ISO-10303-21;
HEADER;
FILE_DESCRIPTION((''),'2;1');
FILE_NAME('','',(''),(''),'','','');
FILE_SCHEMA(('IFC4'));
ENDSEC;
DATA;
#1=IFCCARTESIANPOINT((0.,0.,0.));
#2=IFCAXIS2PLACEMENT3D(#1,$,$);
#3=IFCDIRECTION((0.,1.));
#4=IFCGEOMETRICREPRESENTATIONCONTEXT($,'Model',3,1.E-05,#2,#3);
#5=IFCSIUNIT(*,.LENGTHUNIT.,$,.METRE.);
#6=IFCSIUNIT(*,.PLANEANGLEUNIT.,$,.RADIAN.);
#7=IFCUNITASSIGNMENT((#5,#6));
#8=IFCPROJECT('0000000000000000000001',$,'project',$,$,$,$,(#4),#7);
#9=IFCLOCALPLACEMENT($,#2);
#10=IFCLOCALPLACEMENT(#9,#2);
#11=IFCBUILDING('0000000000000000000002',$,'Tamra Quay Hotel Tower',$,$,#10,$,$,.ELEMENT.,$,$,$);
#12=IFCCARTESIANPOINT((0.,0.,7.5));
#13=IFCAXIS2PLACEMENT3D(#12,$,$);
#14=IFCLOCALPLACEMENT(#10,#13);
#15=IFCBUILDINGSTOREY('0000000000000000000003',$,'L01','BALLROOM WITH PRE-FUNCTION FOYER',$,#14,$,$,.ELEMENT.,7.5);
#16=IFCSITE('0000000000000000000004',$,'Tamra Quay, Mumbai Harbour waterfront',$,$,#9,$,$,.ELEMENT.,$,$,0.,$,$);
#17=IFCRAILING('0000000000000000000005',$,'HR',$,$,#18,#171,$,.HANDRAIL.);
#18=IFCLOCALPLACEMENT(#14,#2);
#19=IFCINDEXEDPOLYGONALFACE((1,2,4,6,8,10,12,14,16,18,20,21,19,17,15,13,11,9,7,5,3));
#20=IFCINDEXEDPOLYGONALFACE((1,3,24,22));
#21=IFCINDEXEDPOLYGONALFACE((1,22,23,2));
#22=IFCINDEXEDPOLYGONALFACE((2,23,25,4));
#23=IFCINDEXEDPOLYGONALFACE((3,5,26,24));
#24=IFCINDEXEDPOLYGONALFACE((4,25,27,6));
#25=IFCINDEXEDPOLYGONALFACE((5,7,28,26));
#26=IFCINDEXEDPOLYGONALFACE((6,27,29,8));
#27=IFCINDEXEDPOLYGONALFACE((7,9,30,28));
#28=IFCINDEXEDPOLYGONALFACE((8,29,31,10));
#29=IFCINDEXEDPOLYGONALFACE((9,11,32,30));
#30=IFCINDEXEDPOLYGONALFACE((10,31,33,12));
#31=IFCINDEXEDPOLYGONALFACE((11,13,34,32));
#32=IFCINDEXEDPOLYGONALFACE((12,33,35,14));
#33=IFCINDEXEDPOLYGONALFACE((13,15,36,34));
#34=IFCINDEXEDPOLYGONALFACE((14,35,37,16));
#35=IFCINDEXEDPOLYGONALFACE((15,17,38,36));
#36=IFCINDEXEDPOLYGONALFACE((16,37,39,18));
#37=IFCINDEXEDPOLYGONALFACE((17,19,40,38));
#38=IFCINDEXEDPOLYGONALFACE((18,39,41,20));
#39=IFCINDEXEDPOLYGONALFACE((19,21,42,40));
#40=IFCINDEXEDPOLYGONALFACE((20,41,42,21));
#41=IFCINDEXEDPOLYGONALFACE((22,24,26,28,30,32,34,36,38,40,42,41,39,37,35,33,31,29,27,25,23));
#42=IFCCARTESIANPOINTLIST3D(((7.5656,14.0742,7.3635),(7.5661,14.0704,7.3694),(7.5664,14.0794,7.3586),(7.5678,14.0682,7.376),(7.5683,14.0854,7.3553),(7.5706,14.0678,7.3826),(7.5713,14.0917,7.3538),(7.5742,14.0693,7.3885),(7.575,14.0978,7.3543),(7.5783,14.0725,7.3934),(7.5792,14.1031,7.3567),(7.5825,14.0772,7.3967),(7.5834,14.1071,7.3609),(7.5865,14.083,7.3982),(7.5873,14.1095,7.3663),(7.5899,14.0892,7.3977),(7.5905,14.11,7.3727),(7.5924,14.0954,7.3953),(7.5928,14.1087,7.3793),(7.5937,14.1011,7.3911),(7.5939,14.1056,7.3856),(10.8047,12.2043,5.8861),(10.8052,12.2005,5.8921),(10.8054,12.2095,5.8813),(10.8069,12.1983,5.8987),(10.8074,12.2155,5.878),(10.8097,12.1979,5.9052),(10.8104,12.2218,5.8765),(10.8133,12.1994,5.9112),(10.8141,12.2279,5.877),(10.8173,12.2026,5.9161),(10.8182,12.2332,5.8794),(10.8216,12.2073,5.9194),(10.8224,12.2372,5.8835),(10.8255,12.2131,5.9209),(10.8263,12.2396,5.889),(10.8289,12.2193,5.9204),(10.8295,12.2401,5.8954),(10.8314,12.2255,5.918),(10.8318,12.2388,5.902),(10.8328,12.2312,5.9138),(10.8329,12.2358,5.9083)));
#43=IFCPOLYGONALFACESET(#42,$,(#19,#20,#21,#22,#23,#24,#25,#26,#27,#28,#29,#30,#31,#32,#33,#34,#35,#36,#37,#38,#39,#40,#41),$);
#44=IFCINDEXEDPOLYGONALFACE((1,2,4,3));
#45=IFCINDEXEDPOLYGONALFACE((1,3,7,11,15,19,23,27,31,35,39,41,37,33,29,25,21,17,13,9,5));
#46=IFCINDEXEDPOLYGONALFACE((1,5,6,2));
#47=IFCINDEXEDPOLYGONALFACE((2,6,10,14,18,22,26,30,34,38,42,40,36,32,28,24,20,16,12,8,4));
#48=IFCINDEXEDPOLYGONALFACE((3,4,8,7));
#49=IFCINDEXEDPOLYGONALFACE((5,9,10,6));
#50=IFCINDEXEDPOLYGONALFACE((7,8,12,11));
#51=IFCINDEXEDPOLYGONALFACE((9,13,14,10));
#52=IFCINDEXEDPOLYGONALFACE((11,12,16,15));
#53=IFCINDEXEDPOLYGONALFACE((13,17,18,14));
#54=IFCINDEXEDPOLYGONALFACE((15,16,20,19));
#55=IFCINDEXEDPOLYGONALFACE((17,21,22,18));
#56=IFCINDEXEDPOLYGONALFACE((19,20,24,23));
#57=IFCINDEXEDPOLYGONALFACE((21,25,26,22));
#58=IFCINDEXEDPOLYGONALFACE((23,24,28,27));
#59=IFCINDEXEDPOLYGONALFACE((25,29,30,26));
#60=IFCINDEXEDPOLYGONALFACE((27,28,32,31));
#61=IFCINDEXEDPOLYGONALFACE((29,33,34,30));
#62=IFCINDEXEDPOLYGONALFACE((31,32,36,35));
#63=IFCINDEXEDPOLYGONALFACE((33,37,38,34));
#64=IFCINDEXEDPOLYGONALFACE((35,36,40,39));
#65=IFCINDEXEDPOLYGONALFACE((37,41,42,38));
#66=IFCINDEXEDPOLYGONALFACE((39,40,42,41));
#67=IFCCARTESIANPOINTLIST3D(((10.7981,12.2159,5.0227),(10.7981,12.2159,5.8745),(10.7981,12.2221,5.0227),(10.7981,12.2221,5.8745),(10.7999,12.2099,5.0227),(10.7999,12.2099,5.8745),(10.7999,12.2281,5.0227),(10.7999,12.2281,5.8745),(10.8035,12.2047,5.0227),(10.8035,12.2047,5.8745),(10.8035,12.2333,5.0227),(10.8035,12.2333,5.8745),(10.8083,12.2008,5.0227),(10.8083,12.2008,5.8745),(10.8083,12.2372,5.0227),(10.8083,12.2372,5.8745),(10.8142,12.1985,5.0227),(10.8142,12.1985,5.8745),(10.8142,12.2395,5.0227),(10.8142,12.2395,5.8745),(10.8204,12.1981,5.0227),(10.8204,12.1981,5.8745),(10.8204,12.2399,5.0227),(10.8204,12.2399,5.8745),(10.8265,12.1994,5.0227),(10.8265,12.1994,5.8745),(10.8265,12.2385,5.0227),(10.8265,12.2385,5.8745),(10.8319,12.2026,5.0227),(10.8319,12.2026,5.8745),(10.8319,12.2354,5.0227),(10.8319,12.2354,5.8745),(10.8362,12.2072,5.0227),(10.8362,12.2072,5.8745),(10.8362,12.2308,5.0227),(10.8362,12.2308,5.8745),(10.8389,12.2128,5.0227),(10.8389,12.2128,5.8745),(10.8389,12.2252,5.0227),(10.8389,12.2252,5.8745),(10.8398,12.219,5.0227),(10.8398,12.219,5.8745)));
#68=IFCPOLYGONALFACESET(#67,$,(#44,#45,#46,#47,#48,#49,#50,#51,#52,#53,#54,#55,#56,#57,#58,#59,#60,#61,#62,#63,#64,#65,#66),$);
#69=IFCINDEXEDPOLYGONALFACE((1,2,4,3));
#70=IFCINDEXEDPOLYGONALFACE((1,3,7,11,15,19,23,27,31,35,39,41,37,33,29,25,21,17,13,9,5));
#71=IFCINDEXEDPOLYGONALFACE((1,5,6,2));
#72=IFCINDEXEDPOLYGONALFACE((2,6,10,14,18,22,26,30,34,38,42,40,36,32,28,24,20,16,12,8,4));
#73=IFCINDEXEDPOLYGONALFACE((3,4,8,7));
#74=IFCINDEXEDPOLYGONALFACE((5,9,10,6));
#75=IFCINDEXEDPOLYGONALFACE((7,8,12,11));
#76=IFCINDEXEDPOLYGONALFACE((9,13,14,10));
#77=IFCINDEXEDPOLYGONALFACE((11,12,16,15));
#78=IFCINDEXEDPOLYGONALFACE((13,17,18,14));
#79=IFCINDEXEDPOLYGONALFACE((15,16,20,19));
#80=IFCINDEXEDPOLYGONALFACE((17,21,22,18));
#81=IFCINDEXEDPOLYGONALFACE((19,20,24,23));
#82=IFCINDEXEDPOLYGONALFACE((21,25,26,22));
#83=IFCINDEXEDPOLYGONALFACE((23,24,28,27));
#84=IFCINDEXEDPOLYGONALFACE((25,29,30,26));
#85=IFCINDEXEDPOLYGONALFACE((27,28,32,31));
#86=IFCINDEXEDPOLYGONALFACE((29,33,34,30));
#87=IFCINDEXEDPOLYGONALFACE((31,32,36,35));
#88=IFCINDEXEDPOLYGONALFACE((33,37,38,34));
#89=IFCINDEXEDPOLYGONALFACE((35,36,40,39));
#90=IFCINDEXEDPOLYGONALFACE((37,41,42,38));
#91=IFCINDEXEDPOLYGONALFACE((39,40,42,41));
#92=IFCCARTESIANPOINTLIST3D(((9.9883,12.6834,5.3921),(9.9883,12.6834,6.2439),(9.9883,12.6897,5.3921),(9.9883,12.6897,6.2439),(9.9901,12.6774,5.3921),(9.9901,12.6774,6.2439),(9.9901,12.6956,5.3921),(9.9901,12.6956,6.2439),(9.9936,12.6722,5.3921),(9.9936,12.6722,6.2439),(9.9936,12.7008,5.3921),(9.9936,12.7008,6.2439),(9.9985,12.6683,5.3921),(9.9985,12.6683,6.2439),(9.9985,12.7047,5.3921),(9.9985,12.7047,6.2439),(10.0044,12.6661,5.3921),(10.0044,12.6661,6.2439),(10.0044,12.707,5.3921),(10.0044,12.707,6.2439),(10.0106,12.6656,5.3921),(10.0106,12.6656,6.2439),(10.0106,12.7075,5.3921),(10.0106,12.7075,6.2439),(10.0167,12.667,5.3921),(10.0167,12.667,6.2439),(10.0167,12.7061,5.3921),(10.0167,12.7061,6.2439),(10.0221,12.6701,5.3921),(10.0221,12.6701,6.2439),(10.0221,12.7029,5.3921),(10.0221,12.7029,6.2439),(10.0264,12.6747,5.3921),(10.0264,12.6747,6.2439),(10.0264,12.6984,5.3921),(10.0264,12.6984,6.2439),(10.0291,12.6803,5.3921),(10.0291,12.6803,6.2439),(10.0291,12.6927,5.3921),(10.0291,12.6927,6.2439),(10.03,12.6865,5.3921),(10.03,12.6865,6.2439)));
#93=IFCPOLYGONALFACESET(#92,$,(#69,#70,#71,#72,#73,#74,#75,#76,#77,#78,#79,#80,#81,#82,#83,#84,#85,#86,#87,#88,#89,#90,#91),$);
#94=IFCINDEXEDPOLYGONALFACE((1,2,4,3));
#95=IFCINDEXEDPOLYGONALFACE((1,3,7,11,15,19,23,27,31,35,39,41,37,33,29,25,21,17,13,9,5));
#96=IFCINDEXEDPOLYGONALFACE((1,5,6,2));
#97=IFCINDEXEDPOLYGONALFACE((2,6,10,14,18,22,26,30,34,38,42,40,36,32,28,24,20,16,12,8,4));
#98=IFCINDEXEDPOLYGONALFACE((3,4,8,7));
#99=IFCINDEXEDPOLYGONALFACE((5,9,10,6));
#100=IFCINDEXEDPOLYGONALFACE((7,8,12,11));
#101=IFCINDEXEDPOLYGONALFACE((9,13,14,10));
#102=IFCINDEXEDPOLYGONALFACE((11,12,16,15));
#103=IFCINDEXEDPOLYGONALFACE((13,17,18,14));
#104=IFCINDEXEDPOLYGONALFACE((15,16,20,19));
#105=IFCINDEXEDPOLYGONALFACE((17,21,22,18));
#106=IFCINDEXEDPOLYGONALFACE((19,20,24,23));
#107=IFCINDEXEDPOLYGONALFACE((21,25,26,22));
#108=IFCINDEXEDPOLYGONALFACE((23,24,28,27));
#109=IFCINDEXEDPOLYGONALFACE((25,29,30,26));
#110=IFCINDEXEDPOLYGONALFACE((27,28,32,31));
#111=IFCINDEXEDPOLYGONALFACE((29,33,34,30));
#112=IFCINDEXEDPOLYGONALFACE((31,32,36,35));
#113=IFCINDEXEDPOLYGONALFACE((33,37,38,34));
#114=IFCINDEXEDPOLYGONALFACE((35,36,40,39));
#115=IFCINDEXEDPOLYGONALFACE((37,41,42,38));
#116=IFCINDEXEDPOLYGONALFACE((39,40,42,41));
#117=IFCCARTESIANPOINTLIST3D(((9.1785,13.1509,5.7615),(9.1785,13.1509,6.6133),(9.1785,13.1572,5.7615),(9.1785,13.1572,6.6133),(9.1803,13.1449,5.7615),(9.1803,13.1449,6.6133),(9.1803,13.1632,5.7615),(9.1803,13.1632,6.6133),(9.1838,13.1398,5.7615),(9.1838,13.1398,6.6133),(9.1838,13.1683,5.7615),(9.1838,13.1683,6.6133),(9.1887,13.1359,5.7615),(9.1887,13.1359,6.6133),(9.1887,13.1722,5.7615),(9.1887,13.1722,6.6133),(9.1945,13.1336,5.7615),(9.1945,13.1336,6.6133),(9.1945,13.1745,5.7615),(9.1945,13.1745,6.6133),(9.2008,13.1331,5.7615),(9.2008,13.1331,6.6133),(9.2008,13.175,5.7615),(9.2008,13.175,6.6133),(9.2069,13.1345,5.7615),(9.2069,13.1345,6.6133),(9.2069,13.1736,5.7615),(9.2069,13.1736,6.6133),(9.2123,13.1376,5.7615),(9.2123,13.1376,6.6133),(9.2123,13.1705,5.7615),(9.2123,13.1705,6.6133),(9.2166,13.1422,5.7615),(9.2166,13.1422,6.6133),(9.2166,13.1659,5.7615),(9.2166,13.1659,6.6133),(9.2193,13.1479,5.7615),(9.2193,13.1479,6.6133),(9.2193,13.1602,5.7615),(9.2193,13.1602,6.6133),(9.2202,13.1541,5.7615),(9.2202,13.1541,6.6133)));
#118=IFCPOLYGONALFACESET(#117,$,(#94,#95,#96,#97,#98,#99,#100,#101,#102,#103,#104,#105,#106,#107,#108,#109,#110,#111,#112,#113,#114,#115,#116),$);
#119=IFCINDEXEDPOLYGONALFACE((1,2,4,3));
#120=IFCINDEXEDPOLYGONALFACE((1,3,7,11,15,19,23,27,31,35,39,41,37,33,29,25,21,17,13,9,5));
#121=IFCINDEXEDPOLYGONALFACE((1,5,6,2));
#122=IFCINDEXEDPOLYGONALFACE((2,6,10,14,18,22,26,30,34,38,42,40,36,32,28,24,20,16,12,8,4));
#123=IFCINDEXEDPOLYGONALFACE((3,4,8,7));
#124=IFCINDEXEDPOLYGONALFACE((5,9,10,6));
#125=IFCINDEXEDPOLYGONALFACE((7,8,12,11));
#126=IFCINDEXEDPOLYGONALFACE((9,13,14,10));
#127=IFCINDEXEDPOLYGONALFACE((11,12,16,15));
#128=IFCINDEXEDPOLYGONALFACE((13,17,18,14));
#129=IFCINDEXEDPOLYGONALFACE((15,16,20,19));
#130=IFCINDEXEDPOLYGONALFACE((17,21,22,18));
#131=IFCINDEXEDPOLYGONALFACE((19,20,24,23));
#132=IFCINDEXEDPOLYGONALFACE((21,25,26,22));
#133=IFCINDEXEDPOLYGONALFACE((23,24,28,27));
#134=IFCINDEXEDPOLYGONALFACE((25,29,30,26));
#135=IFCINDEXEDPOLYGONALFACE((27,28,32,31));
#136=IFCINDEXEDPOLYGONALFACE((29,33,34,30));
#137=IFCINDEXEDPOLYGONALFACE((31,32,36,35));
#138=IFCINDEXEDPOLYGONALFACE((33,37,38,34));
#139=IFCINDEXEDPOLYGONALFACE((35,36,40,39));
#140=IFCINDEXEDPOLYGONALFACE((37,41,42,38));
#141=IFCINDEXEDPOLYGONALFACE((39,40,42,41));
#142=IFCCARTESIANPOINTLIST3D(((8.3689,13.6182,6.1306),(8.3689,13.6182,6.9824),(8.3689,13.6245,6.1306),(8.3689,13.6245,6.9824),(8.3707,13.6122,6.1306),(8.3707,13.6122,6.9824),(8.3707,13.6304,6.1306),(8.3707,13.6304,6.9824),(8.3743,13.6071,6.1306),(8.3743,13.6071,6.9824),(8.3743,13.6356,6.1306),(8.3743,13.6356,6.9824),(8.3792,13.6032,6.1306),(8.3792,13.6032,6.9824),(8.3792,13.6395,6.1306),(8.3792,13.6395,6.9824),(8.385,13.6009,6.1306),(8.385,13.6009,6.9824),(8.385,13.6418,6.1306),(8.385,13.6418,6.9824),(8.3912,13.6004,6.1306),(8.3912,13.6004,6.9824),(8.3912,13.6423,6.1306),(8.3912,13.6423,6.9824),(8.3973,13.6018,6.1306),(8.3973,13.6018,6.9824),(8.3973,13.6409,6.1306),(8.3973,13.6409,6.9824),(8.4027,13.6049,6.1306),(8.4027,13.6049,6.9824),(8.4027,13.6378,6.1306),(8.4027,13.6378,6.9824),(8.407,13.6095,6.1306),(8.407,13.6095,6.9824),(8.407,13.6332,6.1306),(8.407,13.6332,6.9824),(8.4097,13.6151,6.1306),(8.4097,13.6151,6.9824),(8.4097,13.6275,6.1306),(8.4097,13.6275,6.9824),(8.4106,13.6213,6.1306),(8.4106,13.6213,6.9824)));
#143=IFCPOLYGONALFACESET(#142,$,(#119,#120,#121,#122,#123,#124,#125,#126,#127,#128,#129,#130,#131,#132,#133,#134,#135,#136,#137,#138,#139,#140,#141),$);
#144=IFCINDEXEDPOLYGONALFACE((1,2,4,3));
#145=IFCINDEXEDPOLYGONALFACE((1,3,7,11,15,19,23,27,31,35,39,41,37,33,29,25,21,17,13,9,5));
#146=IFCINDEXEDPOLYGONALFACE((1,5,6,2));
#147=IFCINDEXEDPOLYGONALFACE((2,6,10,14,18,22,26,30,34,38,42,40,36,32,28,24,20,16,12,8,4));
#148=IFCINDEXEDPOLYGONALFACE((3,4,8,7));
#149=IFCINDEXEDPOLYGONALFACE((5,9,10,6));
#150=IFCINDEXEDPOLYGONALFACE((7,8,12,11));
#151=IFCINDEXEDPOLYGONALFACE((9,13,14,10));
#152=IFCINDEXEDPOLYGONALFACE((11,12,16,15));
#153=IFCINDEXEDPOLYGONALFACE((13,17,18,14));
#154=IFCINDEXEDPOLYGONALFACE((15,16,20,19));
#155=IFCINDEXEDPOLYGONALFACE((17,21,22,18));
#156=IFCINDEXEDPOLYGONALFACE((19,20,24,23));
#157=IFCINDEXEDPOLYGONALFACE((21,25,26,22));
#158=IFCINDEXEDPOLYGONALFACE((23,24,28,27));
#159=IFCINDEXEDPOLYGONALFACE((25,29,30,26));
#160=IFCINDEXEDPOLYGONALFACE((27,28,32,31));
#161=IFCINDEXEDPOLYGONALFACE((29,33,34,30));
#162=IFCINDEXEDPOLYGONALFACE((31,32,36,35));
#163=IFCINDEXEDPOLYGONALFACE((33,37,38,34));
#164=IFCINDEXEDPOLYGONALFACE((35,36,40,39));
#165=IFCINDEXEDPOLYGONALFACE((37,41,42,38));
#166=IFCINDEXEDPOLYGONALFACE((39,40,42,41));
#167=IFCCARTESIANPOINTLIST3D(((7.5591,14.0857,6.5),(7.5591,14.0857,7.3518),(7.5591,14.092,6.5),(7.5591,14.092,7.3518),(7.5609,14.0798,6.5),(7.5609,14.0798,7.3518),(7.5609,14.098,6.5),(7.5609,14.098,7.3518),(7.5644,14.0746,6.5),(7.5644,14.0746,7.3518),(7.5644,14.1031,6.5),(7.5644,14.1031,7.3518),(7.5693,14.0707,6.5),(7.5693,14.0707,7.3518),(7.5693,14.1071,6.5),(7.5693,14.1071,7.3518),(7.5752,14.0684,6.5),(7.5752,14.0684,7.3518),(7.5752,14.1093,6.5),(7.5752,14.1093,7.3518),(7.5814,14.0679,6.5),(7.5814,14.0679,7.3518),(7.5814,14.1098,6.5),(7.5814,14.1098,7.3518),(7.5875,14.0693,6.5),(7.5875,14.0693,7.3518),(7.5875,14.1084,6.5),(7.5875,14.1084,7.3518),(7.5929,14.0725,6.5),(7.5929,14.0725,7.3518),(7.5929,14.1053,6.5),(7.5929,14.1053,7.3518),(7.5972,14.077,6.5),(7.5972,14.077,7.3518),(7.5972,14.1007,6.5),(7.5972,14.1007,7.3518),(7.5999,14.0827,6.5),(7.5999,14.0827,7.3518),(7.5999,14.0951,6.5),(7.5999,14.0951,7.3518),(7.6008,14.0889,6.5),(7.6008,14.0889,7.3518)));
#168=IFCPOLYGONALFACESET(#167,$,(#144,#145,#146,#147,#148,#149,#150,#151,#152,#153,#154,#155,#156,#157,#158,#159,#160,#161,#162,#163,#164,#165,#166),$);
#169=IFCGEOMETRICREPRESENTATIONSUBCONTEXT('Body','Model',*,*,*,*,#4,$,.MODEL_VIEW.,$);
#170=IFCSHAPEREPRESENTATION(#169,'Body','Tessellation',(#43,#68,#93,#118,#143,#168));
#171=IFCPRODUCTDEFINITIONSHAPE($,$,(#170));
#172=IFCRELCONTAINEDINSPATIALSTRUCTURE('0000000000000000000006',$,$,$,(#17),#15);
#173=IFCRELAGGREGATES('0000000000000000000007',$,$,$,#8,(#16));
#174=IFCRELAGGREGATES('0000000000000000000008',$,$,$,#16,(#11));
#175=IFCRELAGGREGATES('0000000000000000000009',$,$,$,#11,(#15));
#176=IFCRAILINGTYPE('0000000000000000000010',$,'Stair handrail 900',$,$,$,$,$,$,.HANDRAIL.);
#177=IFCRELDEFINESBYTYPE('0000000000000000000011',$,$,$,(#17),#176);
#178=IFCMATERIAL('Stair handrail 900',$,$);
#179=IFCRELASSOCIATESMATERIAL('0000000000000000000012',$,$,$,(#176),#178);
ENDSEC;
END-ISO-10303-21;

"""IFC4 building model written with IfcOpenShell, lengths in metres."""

from ifc_helpers import new_model, si_unit, direction, frame, origin, origin_2d, place, context, subcontext, project, spatial, circle, extrude, material, type_object, element, save


model = new_model("IFC4")

# Units and contexts
model_context = context("Model", 3, precision=1e-05, world=origin(), true_north=direction((0.0, 1.0)))
body_context = subcontext(model_context, "Body", "Model", "MODEL_VIEW")
ifc_project = project(units=[si_unit("LENGTHUNIT", "METRE"), si_unit("PLANEANGLEUNIT", "RADIAN")], contexts=[model_context])

# Site, building, storey
site_placement = place(None, origin())
site = spatial("IfcSite", under=ifc_project, at=site_placement, Name="Tamra Quay, Mumbai Harbour waterfront", CompositionType="ELEMENT", RefElevation=0.0)
building_placement = place(site_placement, origin())
building = spatial("IfcBuilding", under=site, at=building_placement, Name="Tamra Quay Hotel Tower", CompositionType="ELEMENT")
storey_placement = place(building_placement, frame((0.0, 0.0, 7.5)))
storey = spatial("IfcBuildingStorey", under=building, at=storey_placement, Name="L01", Description="BALLROOM WITH PRE-FUNCTION FOYER", CompositionType="ELEMENT", Elevation=7.5)

# Railing
ifc_material_1 = material(Name="Stair handrail 900")
railing_type = type_object("IfcRailingType", Name="Stair handrail 900", PredefinedType="HANDRAIL", material=ifc_material_1)
for number, where, name in (
    (1, (10.8188, 12.219, 5.0227), "HR"),
):
    element("IfcRailing", number, at=place(storey_placement, frame(where)), inside=storey, type_object=railing_type, Name=name, PredefinedType="HANDRAIL", context=body_context, shape_type="SweptSolid", body=[
        extrude(circle(Radius=0.0239, at=origin_2d()), frame((0.0, 0.0, 0.876), z_axis=(-0.805485, 0.465004, 0.367377), x_axis=(-0.499965, -0.866045, 0.0)), (0.0, 0.0, 1.0), 4.0212),
        extrude(circle(Radius=0.021, at=origin_2d()), origin(), (0.0, 0.0, 1.0), 0.8518),
        extrude(circle(Radius=0.021, at=origin_2d()), frame((-0.8098, 0.4675, 0.3694)), (0.0, 0.0, 1.0), 0.8518),
        extrude(circle(Radius=0.021, at=origin_2d()), frame((-1.6196, 0.9351, 0.7388)), (0.0, 0.0, 1.0), 0.8518),
        extrude(circle(Radius=0.021, at=origin_2d()), frame((-2.4292, 1.4023, 1.1079)), (0.0, 0.0, 1.0), 0.8518),
        extrude(circle(Radius=0.021, at=origin_2d()), frame((-3.239, 1.8699, 1.4773)), (0.0, 0.0, 1.0), 0.8518),
    ])

save(model, "model.ifc")
